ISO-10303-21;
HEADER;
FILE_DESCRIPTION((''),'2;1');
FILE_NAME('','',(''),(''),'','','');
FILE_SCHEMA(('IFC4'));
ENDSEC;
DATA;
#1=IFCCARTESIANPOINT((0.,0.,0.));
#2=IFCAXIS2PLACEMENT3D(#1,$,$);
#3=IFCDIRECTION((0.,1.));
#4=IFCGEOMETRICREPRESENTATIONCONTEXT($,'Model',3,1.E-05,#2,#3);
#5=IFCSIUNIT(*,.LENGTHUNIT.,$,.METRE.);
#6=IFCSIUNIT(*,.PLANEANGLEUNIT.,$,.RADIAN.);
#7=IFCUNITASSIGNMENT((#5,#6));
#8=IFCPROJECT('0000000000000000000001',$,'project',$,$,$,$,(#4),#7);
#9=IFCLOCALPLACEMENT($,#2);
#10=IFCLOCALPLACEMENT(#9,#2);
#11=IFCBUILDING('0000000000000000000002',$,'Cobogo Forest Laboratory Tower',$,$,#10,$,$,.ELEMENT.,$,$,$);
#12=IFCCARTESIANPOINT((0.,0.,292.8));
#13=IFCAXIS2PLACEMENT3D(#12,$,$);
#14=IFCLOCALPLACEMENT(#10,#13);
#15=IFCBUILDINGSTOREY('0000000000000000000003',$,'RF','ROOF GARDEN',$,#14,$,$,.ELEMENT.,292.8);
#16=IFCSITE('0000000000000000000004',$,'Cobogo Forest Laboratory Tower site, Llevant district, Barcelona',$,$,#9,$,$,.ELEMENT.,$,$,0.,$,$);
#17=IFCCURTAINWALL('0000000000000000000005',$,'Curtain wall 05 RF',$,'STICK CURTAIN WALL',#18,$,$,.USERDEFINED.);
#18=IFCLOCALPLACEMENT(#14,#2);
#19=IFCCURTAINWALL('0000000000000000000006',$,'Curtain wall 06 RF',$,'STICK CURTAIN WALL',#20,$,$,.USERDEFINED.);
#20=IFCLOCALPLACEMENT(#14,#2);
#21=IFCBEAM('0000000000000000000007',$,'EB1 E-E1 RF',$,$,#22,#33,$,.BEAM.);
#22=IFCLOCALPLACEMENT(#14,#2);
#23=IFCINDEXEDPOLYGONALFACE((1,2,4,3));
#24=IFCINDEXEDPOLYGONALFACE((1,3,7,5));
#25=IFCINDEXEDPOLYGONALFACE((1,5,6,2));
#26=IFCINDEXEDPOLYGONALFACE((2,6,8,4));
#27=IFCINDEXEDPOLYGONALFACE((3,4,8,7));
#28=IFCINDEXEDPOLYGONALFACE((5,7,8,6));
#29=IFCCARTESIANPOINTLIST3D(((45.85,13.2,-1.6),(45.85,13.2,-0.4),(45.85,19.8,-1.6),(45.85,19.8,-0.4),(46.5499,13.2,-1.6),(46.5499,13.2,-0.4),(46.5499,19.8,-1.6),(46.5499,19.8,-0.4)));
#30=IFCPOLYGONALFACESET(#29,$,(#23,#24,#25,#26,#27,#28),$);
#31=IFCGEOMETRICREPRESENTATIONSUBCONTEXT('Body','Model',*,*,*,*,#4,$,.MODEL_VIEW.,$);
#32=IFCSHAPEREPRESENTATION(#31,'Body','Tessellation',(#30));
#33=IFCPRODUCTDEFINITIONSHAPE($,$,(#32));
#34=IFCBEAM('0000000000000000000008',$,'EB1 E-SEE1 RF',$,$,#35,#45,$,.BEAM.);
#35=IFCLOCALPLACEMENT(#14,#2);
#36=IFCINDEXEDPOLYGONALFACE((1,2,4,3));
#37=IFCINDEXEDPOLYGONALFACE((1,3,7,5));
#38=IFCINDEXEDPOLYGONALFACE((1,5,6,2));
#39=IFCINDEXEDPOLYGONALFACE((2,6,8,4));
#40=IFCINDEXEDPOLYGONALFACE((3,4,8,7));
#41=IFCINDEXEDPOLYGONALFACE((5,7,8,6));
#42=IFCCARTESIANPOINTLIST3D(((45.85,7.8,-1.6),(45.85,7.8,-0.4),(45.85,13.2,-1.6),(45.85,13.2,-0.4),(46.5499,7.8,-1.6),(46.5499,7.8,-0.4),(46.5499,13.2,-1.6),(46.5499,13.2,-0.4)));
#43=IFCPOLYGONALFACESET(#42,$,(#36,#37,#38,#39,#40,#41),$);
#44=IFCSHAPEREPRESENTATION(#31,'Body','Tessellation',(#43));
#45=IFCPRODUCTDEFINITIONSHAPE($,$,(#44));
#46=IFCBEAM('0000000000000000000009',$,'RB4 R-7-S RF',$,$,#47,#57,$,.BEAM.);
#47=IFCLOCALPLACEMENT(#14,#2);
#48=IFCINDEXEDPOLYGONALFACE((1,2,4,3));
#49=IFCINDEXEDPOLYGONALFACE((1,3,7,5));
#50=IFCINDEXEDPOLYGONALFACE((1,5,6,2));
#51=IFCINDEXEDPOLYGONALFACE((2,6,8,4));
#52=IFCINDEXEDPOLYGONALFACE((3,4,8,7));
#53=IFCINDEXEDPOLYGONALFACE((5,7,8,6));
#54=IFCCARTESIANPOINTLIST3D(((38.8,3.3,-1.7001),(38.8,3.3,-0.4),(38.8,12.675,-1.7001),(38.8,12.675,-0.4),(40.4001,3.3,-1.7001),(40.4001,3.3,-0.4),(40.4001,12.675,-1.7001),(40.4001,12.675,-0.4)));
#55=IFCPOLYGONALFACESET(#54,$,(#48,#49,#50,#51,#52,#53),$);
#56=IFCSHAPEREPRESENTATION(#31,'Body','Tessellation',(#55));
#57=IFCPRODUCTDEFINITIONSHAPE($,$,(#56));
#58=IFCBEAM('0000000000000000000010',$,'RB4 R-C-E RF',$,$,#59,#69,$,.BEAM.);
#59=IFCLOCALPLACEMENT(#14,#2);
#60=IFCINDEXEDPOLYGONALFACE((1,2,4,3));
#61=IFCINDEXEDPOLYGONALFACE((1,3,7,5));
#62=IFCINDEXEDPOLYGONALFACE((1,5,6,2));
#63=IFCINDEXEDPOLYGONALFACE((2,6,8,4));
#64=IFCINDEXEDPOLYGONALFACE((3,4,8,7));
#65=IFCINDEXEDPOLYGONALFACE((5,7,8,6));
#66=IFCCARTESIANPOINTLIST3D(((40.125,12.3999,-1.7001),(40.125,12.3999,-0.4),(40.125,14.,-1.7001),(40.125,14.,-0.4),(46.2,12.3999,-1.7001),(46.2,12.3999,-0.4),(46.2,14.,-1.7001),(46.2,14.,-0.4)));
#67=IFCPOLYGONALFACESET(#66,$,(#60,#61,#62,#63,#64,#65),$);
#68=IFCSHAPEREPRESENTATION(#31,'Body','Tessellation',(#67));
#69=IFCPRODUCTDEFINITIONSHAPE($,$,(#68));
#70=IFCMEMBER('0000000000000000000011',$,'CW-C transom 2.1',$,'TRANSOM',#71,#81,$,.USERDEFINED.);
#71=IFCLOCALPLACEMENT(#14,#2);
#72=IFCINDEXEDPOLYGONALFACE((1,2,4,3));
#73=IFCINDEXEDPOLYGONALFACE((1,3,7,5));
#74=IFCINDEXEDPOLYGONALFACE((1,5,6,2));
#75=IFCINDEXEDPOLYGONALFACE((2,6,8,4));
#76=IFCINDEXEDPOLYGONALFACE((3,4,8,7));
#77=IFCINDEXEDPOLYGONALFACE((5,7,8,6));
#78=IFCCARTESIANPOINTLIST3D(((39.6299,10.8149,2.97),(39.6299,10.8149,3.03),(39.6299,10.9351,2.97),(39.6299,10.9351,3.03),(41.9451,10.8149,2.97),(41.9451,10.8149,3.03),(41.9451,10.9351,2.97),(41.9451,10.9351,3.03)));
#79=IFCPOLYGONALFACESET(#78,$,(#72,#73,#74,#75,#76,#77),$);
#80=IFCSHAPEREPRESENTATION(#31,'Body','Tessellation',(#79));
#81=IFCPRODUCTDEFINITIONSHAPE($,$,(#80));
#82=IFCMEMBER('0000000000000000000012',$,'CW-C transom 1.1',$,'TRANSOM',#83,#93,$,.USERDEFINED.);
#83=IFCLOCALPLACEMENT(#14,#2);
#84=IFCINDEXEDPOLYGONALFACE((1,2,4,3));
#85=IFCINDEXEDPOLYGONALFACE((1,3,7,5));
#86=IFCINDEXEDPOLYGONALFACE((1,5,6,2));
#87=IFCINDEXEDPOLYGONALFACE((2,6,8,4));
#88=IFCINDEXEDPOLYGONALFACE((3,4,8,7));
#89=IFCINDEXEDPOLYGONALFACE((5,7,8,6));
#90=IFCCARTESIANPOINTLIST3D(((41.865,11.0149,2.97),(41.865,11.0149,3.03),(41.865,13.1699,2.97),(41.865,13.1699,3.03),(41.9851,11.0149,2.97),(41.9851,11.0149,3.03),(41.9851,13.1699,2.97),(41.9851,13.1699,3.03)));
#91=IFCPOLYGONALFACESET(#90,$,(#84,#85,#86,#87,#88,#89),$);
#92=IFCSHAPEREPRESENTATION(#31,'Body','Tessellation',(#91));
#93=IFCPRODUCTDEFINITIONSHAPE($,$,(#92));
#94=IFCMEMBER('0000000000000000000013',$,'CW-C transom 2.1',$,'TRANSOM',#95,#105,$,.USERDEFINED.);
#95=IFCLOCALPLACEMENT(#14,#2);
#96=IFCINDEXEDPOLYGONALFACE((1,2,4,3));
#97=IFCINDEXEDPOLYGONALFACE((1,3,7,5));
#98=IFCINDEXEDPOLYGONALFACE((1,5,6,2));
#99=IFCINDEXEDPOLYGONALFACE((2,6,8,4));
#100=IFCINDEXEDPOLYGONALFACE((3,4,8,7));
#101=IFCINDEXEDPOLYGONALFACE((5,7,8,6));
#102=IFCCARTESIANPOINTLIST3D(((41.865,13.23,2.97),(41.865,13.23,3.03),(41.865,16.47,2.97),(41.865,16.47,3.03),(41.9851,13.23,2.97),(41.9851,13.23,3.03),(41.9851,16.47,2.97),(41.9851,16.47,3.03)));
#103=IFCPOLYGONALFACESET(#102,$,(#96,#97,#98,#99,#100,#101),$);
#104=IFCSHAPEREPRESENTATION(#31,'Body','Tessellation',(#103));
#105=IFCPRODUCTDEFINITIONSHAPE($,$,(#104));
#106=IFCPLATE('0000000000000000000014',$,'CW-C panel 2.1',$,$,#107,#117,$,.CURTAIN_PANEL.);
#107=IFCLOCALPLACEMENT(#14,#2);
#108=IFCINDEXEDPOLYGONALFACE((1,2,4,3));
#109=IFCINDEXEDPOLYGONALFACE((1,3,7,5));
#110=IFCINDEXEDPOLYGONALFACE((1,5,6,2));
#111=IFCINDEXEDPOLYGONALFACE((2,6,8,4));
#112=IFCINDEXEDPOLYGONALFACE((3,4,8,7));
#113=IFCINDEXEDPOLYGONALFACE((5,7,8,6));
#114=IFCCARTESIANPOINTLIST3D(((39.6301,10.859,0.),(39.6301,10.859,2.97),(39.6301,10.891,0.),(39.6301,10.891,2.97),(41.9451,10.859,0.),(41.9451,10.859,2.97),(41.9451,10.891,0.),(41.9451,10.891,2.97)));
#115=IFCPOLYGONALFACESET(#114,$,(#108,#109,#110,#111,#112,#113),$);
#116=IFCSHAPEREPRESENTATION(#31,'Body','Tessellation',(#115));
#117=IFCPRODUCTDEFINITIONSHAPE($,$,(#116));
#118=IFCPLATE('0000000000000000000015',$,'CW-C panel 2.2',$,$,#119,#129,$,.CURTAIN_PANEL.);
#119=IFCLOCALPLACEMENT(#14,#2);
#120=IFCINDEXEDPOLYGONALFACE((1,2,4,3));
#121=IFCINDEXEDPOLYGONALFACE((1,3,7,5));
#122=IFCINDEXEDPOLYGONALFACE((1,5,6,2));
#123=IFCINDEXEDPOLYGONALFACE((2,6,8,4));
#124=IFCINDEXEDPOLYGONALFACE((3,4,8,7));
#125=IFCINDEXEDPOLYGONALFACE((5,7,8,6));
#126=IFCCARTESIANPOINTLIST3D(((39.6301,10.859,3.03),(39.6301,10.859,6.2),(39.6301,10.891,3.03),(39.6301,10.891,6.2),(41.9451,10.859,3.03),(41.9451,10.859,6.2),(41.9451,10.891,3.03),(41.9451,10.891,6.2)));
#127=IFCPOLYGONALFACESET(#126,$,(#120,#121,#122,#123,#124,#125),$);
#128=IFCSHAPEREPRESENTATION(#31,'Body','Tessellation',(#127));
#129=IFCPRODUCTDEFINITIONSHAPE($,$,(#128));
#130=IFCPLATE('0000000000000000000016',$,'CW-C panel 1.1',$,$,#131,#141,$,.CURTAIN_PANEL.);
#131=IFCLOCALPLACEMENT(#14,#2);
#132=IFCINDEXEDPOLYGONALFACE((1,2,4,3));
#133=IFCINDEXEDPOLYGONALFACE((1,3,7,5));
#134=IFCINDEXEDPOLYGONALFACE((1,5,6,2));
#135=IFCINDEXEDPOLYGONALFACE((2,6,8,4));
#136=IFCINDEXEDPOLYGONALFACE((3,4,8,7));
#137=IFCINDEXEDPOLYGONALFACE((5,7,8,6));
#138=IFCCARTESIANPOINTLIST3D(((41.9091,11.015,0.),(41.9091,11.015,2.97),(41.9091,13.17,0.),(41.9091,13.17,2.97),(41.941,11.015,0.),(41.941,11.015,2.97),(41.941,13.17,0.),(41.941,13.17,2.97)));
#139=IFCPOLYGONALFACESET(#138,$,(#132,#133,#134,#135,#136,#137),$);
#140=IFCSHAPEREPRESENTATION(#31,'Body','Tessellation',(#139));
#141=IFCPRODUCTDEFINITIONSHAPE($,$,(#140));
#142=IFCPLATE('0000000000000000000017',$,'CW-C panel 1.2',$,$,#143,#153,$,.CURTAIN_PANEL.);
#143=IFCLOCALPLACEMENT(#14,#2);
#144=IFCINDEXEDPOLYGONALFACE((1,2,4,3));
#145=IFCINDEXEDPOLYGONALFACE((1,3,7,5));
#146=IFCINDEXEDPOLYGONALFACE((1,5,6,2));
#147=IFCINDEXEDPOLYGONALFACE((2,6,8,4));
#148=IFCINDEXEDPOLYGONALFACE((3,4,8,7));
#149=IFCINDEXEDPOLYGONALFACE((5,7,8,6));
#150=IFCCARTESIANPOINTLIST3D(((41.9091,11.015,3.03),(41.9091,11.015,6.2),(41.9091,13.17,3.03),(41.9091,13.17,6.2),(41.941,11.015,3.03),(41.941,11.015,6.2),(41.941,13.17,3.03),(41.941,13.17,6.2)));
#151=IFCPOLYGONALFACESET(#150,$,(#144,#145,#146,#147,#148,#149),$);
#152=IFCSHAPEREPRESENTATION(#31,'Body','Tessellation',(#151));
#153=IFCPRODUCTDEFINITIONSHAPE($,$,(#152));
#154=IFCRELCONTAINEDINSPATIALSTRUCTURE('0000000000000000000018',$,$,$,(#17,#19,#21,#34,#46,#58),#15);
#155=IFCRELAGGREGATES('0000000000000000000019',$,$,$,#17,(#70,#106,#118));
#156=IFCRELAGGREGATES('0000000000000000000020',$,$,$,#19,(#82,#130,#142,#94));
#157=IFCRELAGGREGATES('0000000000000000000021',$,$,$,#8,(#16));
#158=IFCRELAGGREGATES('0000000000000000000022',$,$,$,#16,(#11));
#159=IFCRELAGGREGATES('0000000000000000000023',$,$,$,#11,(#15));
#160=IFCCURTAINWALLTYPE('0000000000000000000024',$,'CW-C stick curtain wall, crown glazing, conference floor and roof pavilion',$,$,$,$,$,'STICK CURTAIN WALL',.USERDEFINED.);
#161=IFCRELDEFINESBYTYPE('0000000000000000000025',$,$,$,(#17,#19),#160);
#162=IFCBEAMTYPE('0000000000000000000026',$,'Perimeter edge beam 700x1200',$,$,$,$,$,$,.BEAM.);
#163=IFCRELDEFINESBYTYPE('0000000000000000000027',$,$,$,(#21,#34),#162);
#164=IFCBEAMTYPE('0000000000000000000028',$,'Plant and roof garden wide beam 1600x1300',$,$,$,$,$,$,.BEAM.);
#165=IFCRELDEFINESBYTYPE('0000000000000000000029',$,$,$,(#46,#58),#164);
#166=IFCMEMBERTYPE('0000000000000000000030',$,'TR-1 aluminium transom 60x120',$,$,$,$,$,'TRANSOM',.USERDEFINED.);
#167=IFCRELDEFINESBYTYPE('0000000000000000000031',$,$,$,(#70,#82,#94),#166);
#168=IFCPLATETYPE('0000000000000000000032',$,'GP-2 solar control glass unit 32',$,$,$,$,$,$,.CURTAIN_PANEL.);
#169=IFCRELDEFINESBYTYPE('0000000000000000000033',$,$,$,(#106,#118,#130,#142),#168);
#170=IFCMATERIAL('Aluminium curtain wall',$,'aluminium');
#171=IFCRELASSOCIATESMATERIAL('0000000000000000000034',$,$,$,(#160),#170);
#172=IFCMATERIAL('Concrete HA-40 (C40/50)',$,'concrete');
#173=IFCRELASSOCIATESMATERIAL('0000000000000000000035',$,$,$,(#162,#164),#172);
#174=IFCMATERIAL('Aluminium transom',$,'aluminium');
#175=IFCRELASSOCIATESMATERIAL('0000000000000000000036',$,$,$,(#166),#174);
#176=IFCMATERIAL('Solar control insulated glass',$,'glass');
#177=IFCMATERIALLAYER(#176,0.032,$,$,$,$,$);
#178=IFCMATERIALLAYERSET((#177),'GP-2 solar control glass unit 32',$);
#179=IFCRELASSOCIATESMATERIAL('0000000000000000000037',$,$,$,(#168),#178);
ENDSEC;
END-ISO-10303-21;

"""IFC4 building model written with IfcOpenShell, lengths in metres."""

from ifc_helpers import new_model, si_unit, direction, frame, origin, origin_2d, place, context, subcontext, project, spatial, rectangle, extrude, material, layer, layer_set, material_profile, profile_set, type_object, element, aggregate, save


model = new_model("IFC4")

# Units and contexts
model_context = context("Model", 3, precision=1e-05, world=origin(), true_north=direction((0.0, 1.0)))
body_context = subcontext(model_context, "Body", "Model", "MODEL_VIEW")
ifc_project = project(units=[si_unit("LENGTHUNIT", "METRE"), si_unit("PLANEANGLEUNIT", "RADIAN")], contexts=[model_context])

# Site, building, storey
site_placement = place(None, origin())
site = spatial("IfcSite", under=ifc_project, at=site_placement, Name="Cobogo Forest Laboratory Tower site, Llevant district, Barcelona", CompositionType="ELEMENT", RefElevation=0.0)
building_placement = place(site_placement, origin())
building = spatial("IfcBuilding", under=site, at=building_placement, Name="Cobogo Forest Laboratory Tower", CompositionType="ELEMENT")
storey_placement = place(building_placement, frame((0.0, 0.0, 292.8)))
storey = spatial("IfcBuildingStorey", under=building, at=storey_placement, Name="RF", Description="ROOF GARDEN", CompositionType="ELEMENT", Elevation=292.8)

# Shared definitions
ifc_material_1 = material(Name="Aluminium curtain wall", Category="aluminium")
curtain_wall_type = type_object("IfcCurtainWallType", Name="CW-C stick curtain wall, crown glazing, conference floor and roof pavilion", ElementType="STICK CURTAIN WALL", PredefinedType="USERDEFINED", material=ifc_material_1)

# Curtain walls
curtain_wall_1_placement = place(storey_placement, origin())
curtain_wall_1 = element("IfcCurtainWall", 1, at=curtain_wall_1_placement, inside=storey, type_object=curtain_wall_type, Name="Curtain wall 05 RF", ObjectType="STICK CURTAIN WALL", PredefinedType="USERDEFINED")
curtain_wall_2_placement = place(storey_placement, origin())
curtain_wall_2 = element("IfcCurtainWall", 2, at=curtain_wall_2_placement, inside=storey, type_object=curtain_wall_type, Name="Curtain wall 06 RF", ObjectType="STICK CURTAIN WALL", PredefinedType="USERDEFINED")

# Beams
ifc_material_2 = material(Name="Concrete HA-40 (C40/50)", Category="concrete")
ifc_material_profile_1 = material_profile(ifc_material_2, rectangle(XDim=0.7, YDim=1.2, at=origin_2d()), Name="RC 700x1200")
ifc_profile_set_1 = profile_set([ifc_material_profile_1], Name="Concrete HA-40 (C40/50)")
beam_type_1 = type_object("IfcBeamType", Name="Perimeter edge beam 700x1200", PredefinedType="BEAM", material=ifc_profile_set_1)
beam_1_placement = place(storey_placement, frame((46.2, 13.2, -1.0), z_axis=(0.0, 1.0, 0.0), x_axis=(-1.0, 0.0, 0.0)))
element("IfcBeam", 3, at=beam_1_placement, inside=storey, type_object=beam_type_1, Name="EB1 E-E1 RF", PredefinedType="BEAM", context=body_context, shape_type="SweptSolid", body=[
    extrude(rectangle(XDim=0.7, YDim=1.2, at=origin_2d()), origin(), (0.0, 0.0, 1.0), 6.6001),
])
beam_2_placement = place(storey_placement, frame((46.2, 13.2, -1.0), z_axis=(0.0, -1.0, 0.0), x_axis=(1.0, 0.0, 0.0)))
element("IfcBeam", 4, at=beam_2_placement, inside=storey, type_object=beam_type_1, Name="EB1 E-SEE1 RF", PredefinedType="BEAM", context=body_context, shape_type="SweptSolid", body=[
    extrude(rectangle(XDim=0.7, YDim=1.2, at=origin_2d()), origin(), (0.0, 0.0, 1.0), 5.3999),
])
ifc_material_profile_2 = material_profile(ifc_material_2, rectangle(XDim=1.6001, YDim=1.3, at=origin_2d()), Name="RC 1600x1300")
ifc_profile_set_2 = profile_set([ifc_material_profile_2], Name="Concrete HA-40 (C40/50)")
beam_type_2 = type_object("IfcBeamType", Name="Plant and roof garden wide beam 1600x1300", PredefinedType="BEAM", material=ifc_profile_set_2)
beam_3_placement = place(storey_placement, frame((39.6001, 12.675, -1.05), z_axis=(0.0, -1.0, 0.0), x_axis=(1.0, 0.0, 0.0)))
element("IfcBeam", 5, at=beam_3_placement, inside=storey, type_object=beam_type_2, Name="RB4 R-7-S RF", PredefinedType="BEAM", context=body_context, shape_type="SweptSolid", body=[
    extrude(rectangle(XDim=1.6001, YDim=1.3, at=origin_2d()), origin(), (0.0, 0.0, 1.0), 9.375),
])
beam_4_placement = place(storey_placement, frame((40.125, 13.2, -1.05), z_axis=(1.0, 0.0, 0.0), x_axis=(0.0, 1.0, 0.0)))
element("IfcBeam", 6, at=beam_4_placement, inside=storey, type_object=beam_type_2, Name="RB4 R-C-E RF", PredefinedType="BEAM", context=body_context, shape_type="SweptSolid", body=[
    extrude(rectangle(XDim=1.6001, YDim=1.3, at=origin_2d()), origin(), (0.0, 0.0, 1.0), 6.075),
])

# Members
ifc_material_3 = material(Name="Aluminium transom", Category="aluminium")
ifc_material_profile_3 = material_profile(ifc_material_3, rectangle(XDim=0.1201, YDim=0.0601, at=origin_2d()), Name="AL 60x120")
ifc_profile_set_3 = profile_set([ifc_material_profile_3], Name="Aluminium transom")
member_type_1 = type_object("IfcMemberType", Name="TR-1 aluminium transom 60x120", ElementType="TRANSOM", PredefinedType="USERDEFINED", material=ifc_profile_set_3)
member_1_placement = place(storey_placement, frame((39.6299, 10.875, 3.0), z_axis=(1.0, 0.0, 0.0), x_axis=(0.0, 1.0, 0.0)))
member_1 = element("IfcMember", 7, at=member_1_placement, type_object=member_type_1, Name="CW-C transom 2.1", ObjectType="TRANSOM", PredefinedType="USERDEFINED", context=body_context, shape_type="SweptSolid", body=[
    extrude(rectangle(XDim=0.1201, YDim=0.0601, at=origin_2d()), origin(), (0.0, 0.0, 1.0), 2.3152),
])
member_2_placement = place(storey_placement, frame((41.925, 11.0149, 3.0), z_axis=(0.0, 1.0, 0.0), x_axis=(-1.0, 0.0, 0.0)))
member_2 = element("IfcMember", 8, at=member_2_placement, type_object=member_type_1, Name="CW-C transom 1.1", ObjectType="TRANSOM", PredefinedType="USERDEFINED", context=body_context, shape_type="SweptSolid", body=[
    extrude(rectangle(XDim=0.1201, YDim=0.0601, at=origin_2d()), origin(), (0.0, 0.0, 1.0), 2.155),
])
member_3_placement = place(storey_placement, frame((41.925, 13.23, 3.0), z_axis=(0.0, 1.0, 0.0), x_axis=(-1.0, 0.0, 0.0)))
member_3 = element("IfcMember", 9, at=member_3_placement, type_object=member_type_1, Name="CW-C transom 2.1", ObjectType="TRANSOM", PredefinedType="USERDEFINED", context=body_context, shape_type="SweptSolid", body=[
    extrude(rectangle(XDim=0.1201, YDim=0.0601, at=origin_2d()), origin(), (0.0, 0.0, 1.0), 3.24),
])

# Plates
ifc_material_4 = material(Name="Solar control insulated glass", Category="glass")
ifc_layer = layer(ifc_material_4, 0.032)
ifc_layer_set = layer_set([ifc_layer], Name="GP-2 solar control glass unit 32")
plate_type = type_object("IfcPlateType", Name="GP-2 solar control glass unit 32", PredefinedType="CURTAIN_PANEL", material=ifc_layer_set)
plate_1_placement = place(storey_placement, frame((40.7876, 10.875, 0.0), z_axis=(0.0, 0.0, 1.0), x_axis=(1.0, 0.0, 0.0)))
plate_1 = element("IfcPlate", 10, at=plate_1_placement, type_object=plate_type, Name="CW-C panel 2.1", PredefinedType="CURTAIN_PANEL", context=body_context, shape_type="SweptSolid", body=[
    extrude(rectangle(XDim=2.3149, YDim=0.032, at=origin_2d()), origin(), (0.0, 0.0, 1.0), 2.97),
])
plate_2_placement = place(storey_placement, frame((40.7876, 10.875, 3.03), z_axis=(0.0, 0.0, 1.0), x_axis=(1.0, 0.0, 0.0)))
plate_2 = element("IfcPlate", 11, at=plate_2_placement, type_object=plate_type, Name="CW-C panel 2.2", PredefinedType="CURTAIN_PANEL", context=body_context, shape_type="SweptSolid", body=[
    extrude(rectangle(XDim=2.3149, YDim=0.032, at=origin_2d()), origin(), (0.0, 0.0, 1.0), 3.1699),
])
aggregate(curtain_wall_1, [member_1, plate_1, plate_2])
plate_3_placement = place(storey_placement, frame((41.925, 12.0925, 0.0), z_axis=(0.0, 0.0, 1.0), x_axis=(0.0, 1.0, 0.0)))
plate_3 = element("IfcPlate", 12, at=plate_3_placement, type_object=plate_type, Name="CW-C panel 1.1", PredefinedType="CURTAIN_PANEL", context=body_context, shape_type="SweptSolid", body=[
    extrude(rectangle(XDim=2.155, YDim=0.032, at=origin_2d()), origin(), (0.0, 0.0, 1.0), 2.97),
])
plate_4_placement = place(storey_placement, frame((41.925, 12.0925, 3.03), z_axis=(0.0, 0.0, 1.0), x_axis=(0.0, 1.0, 0.0)))
plate_4 = element("IfcPlate", 13, at=plate_4_placement, type_object=plate_type, Name="CW-C panel 1.2", PredefinedType="CURTAIN_PANEL", context=body_context, shape_type="SweptSolid", body=[
    extrude(rectangle(XDim=2.155, YDim=0.032, at=origin_2d()), origin(), (0.0, 0.0, 1.0), 3.1699),
])
aggregate(curtain_wall_2, [member_2, plate_3, plate_4, member_3])

save(model, "model.ifc")
